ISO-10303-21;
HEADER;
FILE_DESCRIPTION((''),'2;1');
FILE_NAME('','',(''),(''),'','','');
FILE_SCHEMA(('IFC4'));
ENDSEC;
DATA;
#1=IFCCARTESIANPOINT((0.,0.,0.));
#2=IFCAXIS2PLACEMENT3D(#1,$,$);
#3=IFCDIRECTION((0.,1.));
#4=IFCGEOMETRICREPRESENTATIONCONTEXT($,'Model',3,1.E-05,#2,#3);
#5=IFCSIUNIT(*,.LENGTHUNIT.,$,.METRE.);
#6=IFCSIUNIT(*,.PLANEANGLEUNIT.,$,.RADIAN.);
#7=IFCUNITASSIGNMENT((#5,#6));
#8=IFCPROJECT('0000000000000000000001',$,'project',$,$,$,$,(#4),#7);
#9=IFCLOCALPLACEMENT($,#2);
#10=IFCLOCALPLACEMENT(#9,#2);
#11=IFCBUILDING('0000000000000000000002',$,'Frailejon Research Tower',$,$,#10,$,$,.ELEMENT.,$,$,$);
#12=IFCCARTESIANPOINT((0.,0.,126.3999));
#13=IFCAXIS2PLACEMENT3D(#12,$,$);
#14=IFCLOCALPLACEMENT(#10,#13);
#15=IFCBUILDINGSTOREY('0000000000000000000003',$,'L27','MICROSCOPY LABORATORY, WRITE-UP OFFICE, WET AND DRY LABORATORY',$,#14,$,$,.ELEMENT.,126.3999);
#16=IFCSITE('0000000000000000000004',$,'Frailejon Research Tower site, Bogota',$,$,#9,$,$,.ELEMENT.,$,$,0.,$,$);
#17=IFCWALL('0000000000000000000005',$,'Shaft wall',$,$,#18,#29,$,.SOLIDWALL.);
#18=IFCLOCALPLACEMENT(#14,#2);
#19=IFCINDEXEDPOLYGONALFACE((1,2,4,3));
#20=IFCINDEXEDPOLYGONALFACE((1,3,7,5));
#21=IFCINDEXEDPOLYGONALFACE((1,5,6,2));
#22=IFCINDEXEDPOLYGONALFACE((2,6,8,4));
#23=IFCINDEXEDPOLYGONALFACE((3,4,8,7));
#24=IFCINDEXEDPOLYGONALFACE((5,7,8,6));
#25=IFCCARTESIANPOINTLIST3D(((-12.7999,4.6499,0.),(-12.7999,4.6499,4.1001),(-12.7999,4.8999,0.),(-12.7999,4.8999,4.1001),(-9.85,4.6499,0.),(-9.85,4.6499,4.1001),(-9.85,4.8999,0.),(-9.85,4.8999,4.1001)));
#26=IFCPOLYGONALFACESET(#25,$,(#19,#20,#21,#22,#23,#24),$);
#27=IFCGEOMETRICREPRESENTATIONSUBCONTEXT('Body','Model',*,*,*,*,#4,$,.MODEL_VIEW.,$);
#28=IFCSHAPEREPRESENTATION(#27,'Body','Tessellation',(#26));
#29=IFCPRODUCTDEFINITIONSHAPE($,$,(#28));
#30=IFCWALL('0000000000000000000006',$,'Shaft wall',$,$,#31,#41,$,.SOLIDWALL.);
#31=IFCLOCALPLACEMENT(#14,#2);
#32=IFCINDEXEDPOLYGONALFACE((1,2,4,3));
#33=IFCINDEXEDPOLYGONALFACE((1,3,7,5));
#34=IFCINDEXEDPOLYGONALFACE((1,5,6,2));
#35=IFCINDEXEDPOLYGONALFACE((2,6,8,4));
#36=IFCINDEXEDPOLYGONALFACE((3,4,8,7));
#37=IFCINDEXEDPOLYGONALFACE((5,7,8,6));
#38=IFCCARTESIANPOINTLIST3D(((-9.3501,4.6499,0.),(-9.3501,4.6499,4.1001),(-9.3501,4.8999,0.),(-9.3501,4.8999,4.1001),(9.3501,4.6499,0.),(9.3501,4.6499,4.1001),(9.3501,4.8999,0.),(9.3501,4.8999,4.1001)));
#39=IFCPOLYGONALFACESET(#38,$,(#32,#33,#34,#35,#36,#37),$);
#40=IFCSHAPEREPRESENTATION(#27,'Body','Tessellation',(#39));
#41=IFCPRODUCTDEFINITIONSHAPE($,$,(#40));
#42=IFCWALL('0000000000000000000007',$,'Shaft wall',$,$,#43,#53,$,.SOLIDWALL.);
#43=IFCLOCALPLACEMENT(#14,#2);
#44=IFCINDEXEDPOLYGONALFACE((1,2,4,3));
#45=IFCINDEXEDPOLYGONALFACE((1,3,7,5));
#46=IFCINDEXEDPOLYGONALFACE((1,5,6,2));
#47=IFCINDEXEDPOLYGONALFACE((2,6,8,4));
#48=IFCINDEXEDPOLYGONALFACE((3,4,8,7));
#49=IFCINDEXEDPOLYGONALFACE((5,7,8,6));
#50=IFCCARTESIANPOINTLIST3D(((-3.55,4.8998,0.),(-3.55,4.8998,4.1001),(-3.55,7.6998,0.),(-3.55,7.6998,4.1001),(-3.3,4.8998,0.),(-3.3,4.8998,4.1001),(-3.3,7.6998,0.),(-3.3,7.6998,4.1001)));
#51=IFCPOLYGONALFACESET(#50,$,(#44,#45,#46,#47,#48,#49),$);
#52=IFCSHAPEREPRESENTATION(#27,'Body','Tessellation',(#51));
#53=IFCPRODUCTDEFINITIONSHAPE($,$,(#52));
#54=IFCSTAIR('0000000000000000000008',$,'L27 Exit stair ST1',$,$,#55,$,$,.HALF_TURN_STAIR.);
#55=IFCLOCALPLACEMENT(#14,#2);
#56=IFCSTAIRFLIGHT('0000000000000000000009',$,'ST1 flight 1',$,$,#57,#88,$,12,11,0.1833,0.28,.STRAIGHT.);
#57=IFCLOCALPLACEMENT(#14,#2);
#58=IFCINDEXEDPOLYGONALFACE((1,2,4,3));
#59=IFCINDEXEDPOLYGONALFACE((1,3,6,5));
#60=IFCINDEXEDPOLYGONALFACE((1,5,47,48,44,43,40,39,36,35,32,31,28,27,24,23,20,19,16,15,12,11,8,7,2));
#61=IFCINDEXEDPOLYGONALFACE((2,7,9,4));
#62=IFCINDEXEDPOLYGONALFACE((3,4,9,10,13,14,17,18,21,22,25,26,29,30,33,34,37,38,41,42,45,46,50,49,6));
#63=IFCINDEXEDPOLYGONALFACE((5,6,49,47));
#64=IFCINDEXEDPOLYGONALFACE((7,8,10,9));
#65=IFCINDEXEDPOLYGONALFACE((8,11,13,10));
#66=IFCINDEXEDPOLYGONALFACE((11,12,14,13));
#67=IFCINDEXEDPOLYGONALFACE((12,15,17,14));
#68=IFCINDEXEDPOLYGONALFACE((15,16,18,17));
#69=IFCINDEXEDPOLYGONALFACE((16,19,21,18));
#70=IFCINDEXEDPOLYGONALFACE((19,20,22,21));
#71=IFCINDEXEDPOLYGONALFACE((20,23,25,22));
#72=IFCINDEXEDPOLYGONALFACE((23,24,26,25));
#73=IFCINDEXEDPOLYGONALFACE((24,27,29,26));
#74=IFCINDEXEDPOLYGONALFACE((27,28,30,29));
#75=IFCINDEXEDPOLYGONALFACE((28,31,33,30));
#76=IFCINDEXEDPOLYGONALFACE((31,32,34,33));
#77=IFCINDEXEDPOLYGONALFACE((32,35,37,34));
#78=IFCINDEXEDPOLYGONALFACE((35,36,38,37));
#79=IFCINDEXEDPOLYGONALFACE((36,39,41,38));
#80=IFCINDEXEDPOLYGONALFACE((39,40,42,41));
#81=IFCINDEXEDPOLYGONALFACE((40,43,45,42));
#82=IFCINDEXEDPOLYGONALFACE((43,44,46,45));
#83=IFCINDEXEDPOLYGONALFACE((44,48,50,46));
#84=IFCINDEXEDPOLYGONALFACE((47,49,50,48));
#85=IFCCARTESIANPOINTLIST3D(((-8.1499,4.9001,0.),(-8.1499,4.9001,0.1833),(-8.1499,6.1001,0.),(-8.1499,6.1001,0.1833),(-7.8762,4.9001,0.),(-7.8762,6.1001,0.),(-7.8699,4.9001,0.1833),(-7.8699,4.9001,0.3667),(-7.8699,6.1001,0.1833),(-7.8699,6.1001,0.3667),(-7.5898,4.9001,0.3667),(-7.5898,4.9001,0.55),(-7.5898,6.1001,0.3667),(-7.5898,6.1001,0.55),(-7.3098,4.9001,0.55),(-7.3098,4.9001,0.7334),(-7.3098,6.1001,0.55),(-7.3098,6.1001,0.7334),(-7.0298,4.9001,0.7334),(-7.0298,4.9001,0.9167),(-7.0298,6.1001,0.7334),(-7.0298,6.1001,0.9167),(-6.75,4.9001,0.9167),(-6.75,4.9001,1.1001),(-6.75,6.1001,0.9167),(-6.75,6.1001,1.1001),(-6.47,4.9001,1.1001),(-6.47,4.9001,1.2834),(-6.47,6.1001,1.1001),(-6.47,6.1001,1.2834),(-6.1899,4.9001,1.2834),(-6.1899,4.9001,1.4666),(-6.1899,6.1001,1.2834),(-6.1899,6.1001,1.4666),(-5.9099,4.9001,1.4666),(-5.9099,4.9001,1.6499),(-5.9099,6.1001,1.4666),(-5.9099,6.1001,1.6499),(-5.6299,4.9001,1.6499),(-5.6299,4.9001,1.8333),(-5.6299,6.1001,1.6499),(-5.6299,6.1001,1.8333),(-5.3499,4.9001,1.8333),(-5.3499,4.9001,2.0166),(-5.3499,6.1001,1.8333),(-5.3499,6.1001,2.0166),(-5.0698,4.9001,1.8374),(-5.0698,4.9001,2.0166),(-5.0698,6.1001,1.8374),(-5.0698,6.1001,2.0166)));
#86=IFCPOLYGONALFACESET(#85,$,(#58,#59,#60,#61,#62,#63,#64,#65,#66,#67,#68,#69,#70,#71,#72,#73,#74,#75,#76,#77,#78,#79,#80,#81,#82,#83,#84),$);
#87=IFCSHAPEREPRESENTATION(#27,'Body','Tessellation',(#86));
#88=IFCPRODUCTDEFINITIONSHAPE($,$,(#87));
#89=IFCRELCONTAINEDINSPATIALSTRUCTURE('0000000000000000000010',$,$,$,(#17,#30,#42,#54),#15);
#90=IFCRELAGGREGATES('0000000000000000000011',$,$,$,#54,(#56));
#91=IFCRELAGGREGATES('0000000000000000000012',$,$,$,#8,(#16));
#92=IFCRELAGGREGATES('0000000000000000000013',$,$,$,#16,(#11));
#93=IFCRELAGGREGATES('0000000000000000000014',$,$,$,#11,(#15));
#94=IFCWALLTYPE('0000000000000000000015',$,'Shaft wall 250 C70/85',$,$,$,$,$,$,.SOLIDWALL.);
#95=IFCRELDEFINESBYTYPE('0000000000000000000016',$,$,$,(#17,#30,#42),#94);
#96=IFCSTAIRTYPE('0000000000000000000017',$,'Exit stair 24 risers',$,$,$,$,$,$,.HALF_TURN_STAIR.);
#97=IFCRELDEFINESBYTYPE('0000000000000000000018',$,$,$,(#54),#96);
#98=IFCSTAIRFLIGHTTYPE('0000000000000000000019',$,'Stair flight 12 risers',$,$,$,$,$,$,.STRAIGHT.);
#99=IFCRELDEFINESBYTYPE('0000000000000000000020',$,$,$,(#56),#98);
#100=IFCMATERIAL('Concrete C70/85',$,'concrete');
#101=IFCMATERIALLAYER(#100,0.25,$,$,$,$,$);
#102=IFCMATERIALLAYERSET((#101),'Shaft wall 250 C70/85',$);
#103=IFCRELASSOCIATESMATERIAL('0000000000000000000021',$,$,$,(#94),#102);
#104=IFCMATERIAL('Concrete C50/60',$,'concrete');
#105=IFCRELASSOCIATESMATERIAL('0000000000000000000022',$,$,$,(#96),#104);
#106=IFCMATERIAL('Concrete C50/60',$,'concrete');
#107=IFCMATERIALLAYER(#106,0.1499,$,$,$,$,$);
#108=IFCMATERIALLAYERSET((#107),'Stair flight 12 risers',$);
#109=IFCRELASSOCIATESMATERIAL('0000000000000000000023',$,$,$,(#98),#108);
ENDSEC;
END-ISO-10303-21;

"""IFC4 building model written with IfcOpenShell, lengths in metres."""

from ifc_helpers import new_model, si_unit, direction, frame, frame_2d, origin, place, context, subcontext, project, spatial, polyline, rectangle, outline, extrude, material, layer, layer_set, type_object, element, aggregate, save


model = new_model("IFC4")

# Units and contexts
model_context = context("Model", 3, precision=1e-05, world=origin(), true_north=direction((0.0, 1.0)))
body_context = subcontext(model_context, "Body", "Model", "MODEL_VIEW")
ifc_project = project(units=[si_unit("LENGTHUNIT", "METRE"), si_unit("PLANEANGLEUNIT", "RADIAN")], contexts=[model_context])

# Site, building, storey
site_placement = place(None, origin())
site = spatial("IfcSite", under=ifc_project, at=site_placement, Name="Frailejon Research Tower site, Bogota", CompositionType="ELEMENT", RefElevation=0.0)
building_placement = place(site_placement, origin())
building = spatial("IfcBuilding", under=site, at=building_placement, Name="Frailejon Research Tower", CompositionType="ELEMENT")
storey_placement = place(building_placement, frame((0.0, 0.0, 126.3999)))
storey = spatial("IfcBuildingStorey", under=building, at=storey_placement, Name="L27", Description="MICROSCOPY LABORATORY, WRITE-UP OFFICE, WET AND DRY LABORATORY", CompositionType="ELEMENT", Elevation=126.3999)

# Shared definitions
ifc_material_1 = material(Name="Concrete C70/85", Category="concrete")
ifc_layer_1 = layer(ifc_material_1, 0.25)
ifc_layer_set_1 = layer_set([ifc_layer_1], Name="Shaft wall 250 C70/85")
wall_type_1 = type_object("IfcWallType", Name="Shaft wall 250 C70/85", PredefinedType="SOLIDWALL", material=ifc_layer_set_1)

# Walls
wall_1_placement = place(storey_placement, frame((-12.8, 4.7749, 0.0), z_axis=(0.0, 0.0, 1.0), x_axis=(1.0, 0.0, 0.0)))
element("IfcWall", 1, at=wall_1_placement, inside=storey, type_object=wall_type_1, Name="Shaft wall", PredefinedType="SOLIDWALL", context=body_context, shape_type="SweptSolid", body=[
    extrude(rectangle(XDim=2.95, YDim=0.25, at=frame_2d((1.4751, 0.0))), origin(), (0.0, 0.0, 1.0), 4.1001),
])
wall_2_placement = place(storey_placement, frame((-9.3501, 4.7749, 0.0), z_axis=(0.0, 0.0, 1.0), x_axis=(1.0, 0.0, 0.0)))
element("IfcWall", 2, at=wall_2_placement, inside=storey, type_object=wall_type_1, Name="Shaft wall", PredefinedType="SOLIDWALL", context=body_context, shape_type="SweptSolid", body=[
    extrude(rectangle(XDim=18.7002, YDim=0.25, at=frame_2d((9.3501, 0.0))), origin(), (0.0, 0.0, 1.0), 4.1001),
])
wall_3_placement = place(storey_placement, frame((-3.425, 4.8999, 0.0), z_axis=(0.0, 0.0, 1.0), x_axis=(0.0, 1.0, 0.0)))
element("IfcWall", 3, at=wall_3_placement, inside=storey, type_object=wall_type_1, Name="Shaft wall", PredefinedType="SOLIDWALL", context=body_context, shape_type="SweptSolid", body=[
    extrude(rectangle(XDim=2.8, YDim=0.25, at=frame_2d((1.3999, 0.0))), origin(), (0.0, 0.0, 1.0), 4.1001),
])

# Stair, stair flight
ifc_material_2 = material(Name="Concrete C50/60", Category="concrete")
stair_type = type_object("IfcStairType", Name="Exit stair 24 risers", PredefinedType="HALF_TURN_STAIR", material=ifc_material_2)
stair_placement = place(storey_placement, origin())
stair = element("IfcStair", 4, at=stair_placement, inside=storey, type_object=stair_type, Name="L27 Exit stair ST1", PredefinedType="HALF_TURN_STAIR")
ifc_material_3 = material(Name="Concrete C50/60", Category="concrete")
ifc_layer_2 = layer(ifc_material_3, 0.1499)
ifc_layer_set_2 = layer_set([ifc_layer_2], Name="Stair flight 12 risers")
stair_flight_type = type_object("IfcStairFlightType", Name="Stair flight 12 risers", PredefinedType="STRAIGHT", material=ifc_layer_set_2)
stair_flight_placement = place(storey_placement, frame((-8.1499, 5.5, 0.0), z_axis=(0.0, 0.0, 1.0), x_axis=(1.0, 0.0, 0.0)))
stair_flight = element("IfcStairFlight", 5, at=stair_flight_placement, type_object=stair_flight_type, Name="ST1 flight 1", NumberOfRisers=12, NumberOfTreads=11, PredefinedType="STRAIGHT", RiserHeight=0.1833, TreadLength=0.28, context=body_context, shape_type="SweptSolid", body=[
    extrude(outline(polyline([(0.0, 0.0), (0.0, 0.1833), (0.28, 0.1833), (0.28, 0.3667), (0.5601, 0.3667), (0.5601, 0.55), (0.8401, 0.55), (0.8401, 0.7334), (1.1201, 0.7334), (1.1201, 0.9167), (1.3999, 0.9167), (1.3999, 1.1001), (1.6799, 1.1001), (1.6799, 1.2834), (1.96, 1.2834), (1.96, 1.4666), (2.24, 1.4666), (2.24, 1.6499), (2.52, 1.6499), (2.52, 1.8333), (2.8, 1.8333), (2.8, 2.0166), (3.0801, 2.0166), (3.0801, 2.2), (3.0801, 1.8374), (0.2737, 0.0), (0.0, 0.0)])), frame((0.0, 0.6001, 0.0), z_axis=(0.0, -1.0, 0.0), x_axis=(1.0, 0.0, 0.0)), (0.0, 0.0, 1.0), 1.2),
])
aggregate(stair, [stair_flight])

save(model, "model.ifc")
